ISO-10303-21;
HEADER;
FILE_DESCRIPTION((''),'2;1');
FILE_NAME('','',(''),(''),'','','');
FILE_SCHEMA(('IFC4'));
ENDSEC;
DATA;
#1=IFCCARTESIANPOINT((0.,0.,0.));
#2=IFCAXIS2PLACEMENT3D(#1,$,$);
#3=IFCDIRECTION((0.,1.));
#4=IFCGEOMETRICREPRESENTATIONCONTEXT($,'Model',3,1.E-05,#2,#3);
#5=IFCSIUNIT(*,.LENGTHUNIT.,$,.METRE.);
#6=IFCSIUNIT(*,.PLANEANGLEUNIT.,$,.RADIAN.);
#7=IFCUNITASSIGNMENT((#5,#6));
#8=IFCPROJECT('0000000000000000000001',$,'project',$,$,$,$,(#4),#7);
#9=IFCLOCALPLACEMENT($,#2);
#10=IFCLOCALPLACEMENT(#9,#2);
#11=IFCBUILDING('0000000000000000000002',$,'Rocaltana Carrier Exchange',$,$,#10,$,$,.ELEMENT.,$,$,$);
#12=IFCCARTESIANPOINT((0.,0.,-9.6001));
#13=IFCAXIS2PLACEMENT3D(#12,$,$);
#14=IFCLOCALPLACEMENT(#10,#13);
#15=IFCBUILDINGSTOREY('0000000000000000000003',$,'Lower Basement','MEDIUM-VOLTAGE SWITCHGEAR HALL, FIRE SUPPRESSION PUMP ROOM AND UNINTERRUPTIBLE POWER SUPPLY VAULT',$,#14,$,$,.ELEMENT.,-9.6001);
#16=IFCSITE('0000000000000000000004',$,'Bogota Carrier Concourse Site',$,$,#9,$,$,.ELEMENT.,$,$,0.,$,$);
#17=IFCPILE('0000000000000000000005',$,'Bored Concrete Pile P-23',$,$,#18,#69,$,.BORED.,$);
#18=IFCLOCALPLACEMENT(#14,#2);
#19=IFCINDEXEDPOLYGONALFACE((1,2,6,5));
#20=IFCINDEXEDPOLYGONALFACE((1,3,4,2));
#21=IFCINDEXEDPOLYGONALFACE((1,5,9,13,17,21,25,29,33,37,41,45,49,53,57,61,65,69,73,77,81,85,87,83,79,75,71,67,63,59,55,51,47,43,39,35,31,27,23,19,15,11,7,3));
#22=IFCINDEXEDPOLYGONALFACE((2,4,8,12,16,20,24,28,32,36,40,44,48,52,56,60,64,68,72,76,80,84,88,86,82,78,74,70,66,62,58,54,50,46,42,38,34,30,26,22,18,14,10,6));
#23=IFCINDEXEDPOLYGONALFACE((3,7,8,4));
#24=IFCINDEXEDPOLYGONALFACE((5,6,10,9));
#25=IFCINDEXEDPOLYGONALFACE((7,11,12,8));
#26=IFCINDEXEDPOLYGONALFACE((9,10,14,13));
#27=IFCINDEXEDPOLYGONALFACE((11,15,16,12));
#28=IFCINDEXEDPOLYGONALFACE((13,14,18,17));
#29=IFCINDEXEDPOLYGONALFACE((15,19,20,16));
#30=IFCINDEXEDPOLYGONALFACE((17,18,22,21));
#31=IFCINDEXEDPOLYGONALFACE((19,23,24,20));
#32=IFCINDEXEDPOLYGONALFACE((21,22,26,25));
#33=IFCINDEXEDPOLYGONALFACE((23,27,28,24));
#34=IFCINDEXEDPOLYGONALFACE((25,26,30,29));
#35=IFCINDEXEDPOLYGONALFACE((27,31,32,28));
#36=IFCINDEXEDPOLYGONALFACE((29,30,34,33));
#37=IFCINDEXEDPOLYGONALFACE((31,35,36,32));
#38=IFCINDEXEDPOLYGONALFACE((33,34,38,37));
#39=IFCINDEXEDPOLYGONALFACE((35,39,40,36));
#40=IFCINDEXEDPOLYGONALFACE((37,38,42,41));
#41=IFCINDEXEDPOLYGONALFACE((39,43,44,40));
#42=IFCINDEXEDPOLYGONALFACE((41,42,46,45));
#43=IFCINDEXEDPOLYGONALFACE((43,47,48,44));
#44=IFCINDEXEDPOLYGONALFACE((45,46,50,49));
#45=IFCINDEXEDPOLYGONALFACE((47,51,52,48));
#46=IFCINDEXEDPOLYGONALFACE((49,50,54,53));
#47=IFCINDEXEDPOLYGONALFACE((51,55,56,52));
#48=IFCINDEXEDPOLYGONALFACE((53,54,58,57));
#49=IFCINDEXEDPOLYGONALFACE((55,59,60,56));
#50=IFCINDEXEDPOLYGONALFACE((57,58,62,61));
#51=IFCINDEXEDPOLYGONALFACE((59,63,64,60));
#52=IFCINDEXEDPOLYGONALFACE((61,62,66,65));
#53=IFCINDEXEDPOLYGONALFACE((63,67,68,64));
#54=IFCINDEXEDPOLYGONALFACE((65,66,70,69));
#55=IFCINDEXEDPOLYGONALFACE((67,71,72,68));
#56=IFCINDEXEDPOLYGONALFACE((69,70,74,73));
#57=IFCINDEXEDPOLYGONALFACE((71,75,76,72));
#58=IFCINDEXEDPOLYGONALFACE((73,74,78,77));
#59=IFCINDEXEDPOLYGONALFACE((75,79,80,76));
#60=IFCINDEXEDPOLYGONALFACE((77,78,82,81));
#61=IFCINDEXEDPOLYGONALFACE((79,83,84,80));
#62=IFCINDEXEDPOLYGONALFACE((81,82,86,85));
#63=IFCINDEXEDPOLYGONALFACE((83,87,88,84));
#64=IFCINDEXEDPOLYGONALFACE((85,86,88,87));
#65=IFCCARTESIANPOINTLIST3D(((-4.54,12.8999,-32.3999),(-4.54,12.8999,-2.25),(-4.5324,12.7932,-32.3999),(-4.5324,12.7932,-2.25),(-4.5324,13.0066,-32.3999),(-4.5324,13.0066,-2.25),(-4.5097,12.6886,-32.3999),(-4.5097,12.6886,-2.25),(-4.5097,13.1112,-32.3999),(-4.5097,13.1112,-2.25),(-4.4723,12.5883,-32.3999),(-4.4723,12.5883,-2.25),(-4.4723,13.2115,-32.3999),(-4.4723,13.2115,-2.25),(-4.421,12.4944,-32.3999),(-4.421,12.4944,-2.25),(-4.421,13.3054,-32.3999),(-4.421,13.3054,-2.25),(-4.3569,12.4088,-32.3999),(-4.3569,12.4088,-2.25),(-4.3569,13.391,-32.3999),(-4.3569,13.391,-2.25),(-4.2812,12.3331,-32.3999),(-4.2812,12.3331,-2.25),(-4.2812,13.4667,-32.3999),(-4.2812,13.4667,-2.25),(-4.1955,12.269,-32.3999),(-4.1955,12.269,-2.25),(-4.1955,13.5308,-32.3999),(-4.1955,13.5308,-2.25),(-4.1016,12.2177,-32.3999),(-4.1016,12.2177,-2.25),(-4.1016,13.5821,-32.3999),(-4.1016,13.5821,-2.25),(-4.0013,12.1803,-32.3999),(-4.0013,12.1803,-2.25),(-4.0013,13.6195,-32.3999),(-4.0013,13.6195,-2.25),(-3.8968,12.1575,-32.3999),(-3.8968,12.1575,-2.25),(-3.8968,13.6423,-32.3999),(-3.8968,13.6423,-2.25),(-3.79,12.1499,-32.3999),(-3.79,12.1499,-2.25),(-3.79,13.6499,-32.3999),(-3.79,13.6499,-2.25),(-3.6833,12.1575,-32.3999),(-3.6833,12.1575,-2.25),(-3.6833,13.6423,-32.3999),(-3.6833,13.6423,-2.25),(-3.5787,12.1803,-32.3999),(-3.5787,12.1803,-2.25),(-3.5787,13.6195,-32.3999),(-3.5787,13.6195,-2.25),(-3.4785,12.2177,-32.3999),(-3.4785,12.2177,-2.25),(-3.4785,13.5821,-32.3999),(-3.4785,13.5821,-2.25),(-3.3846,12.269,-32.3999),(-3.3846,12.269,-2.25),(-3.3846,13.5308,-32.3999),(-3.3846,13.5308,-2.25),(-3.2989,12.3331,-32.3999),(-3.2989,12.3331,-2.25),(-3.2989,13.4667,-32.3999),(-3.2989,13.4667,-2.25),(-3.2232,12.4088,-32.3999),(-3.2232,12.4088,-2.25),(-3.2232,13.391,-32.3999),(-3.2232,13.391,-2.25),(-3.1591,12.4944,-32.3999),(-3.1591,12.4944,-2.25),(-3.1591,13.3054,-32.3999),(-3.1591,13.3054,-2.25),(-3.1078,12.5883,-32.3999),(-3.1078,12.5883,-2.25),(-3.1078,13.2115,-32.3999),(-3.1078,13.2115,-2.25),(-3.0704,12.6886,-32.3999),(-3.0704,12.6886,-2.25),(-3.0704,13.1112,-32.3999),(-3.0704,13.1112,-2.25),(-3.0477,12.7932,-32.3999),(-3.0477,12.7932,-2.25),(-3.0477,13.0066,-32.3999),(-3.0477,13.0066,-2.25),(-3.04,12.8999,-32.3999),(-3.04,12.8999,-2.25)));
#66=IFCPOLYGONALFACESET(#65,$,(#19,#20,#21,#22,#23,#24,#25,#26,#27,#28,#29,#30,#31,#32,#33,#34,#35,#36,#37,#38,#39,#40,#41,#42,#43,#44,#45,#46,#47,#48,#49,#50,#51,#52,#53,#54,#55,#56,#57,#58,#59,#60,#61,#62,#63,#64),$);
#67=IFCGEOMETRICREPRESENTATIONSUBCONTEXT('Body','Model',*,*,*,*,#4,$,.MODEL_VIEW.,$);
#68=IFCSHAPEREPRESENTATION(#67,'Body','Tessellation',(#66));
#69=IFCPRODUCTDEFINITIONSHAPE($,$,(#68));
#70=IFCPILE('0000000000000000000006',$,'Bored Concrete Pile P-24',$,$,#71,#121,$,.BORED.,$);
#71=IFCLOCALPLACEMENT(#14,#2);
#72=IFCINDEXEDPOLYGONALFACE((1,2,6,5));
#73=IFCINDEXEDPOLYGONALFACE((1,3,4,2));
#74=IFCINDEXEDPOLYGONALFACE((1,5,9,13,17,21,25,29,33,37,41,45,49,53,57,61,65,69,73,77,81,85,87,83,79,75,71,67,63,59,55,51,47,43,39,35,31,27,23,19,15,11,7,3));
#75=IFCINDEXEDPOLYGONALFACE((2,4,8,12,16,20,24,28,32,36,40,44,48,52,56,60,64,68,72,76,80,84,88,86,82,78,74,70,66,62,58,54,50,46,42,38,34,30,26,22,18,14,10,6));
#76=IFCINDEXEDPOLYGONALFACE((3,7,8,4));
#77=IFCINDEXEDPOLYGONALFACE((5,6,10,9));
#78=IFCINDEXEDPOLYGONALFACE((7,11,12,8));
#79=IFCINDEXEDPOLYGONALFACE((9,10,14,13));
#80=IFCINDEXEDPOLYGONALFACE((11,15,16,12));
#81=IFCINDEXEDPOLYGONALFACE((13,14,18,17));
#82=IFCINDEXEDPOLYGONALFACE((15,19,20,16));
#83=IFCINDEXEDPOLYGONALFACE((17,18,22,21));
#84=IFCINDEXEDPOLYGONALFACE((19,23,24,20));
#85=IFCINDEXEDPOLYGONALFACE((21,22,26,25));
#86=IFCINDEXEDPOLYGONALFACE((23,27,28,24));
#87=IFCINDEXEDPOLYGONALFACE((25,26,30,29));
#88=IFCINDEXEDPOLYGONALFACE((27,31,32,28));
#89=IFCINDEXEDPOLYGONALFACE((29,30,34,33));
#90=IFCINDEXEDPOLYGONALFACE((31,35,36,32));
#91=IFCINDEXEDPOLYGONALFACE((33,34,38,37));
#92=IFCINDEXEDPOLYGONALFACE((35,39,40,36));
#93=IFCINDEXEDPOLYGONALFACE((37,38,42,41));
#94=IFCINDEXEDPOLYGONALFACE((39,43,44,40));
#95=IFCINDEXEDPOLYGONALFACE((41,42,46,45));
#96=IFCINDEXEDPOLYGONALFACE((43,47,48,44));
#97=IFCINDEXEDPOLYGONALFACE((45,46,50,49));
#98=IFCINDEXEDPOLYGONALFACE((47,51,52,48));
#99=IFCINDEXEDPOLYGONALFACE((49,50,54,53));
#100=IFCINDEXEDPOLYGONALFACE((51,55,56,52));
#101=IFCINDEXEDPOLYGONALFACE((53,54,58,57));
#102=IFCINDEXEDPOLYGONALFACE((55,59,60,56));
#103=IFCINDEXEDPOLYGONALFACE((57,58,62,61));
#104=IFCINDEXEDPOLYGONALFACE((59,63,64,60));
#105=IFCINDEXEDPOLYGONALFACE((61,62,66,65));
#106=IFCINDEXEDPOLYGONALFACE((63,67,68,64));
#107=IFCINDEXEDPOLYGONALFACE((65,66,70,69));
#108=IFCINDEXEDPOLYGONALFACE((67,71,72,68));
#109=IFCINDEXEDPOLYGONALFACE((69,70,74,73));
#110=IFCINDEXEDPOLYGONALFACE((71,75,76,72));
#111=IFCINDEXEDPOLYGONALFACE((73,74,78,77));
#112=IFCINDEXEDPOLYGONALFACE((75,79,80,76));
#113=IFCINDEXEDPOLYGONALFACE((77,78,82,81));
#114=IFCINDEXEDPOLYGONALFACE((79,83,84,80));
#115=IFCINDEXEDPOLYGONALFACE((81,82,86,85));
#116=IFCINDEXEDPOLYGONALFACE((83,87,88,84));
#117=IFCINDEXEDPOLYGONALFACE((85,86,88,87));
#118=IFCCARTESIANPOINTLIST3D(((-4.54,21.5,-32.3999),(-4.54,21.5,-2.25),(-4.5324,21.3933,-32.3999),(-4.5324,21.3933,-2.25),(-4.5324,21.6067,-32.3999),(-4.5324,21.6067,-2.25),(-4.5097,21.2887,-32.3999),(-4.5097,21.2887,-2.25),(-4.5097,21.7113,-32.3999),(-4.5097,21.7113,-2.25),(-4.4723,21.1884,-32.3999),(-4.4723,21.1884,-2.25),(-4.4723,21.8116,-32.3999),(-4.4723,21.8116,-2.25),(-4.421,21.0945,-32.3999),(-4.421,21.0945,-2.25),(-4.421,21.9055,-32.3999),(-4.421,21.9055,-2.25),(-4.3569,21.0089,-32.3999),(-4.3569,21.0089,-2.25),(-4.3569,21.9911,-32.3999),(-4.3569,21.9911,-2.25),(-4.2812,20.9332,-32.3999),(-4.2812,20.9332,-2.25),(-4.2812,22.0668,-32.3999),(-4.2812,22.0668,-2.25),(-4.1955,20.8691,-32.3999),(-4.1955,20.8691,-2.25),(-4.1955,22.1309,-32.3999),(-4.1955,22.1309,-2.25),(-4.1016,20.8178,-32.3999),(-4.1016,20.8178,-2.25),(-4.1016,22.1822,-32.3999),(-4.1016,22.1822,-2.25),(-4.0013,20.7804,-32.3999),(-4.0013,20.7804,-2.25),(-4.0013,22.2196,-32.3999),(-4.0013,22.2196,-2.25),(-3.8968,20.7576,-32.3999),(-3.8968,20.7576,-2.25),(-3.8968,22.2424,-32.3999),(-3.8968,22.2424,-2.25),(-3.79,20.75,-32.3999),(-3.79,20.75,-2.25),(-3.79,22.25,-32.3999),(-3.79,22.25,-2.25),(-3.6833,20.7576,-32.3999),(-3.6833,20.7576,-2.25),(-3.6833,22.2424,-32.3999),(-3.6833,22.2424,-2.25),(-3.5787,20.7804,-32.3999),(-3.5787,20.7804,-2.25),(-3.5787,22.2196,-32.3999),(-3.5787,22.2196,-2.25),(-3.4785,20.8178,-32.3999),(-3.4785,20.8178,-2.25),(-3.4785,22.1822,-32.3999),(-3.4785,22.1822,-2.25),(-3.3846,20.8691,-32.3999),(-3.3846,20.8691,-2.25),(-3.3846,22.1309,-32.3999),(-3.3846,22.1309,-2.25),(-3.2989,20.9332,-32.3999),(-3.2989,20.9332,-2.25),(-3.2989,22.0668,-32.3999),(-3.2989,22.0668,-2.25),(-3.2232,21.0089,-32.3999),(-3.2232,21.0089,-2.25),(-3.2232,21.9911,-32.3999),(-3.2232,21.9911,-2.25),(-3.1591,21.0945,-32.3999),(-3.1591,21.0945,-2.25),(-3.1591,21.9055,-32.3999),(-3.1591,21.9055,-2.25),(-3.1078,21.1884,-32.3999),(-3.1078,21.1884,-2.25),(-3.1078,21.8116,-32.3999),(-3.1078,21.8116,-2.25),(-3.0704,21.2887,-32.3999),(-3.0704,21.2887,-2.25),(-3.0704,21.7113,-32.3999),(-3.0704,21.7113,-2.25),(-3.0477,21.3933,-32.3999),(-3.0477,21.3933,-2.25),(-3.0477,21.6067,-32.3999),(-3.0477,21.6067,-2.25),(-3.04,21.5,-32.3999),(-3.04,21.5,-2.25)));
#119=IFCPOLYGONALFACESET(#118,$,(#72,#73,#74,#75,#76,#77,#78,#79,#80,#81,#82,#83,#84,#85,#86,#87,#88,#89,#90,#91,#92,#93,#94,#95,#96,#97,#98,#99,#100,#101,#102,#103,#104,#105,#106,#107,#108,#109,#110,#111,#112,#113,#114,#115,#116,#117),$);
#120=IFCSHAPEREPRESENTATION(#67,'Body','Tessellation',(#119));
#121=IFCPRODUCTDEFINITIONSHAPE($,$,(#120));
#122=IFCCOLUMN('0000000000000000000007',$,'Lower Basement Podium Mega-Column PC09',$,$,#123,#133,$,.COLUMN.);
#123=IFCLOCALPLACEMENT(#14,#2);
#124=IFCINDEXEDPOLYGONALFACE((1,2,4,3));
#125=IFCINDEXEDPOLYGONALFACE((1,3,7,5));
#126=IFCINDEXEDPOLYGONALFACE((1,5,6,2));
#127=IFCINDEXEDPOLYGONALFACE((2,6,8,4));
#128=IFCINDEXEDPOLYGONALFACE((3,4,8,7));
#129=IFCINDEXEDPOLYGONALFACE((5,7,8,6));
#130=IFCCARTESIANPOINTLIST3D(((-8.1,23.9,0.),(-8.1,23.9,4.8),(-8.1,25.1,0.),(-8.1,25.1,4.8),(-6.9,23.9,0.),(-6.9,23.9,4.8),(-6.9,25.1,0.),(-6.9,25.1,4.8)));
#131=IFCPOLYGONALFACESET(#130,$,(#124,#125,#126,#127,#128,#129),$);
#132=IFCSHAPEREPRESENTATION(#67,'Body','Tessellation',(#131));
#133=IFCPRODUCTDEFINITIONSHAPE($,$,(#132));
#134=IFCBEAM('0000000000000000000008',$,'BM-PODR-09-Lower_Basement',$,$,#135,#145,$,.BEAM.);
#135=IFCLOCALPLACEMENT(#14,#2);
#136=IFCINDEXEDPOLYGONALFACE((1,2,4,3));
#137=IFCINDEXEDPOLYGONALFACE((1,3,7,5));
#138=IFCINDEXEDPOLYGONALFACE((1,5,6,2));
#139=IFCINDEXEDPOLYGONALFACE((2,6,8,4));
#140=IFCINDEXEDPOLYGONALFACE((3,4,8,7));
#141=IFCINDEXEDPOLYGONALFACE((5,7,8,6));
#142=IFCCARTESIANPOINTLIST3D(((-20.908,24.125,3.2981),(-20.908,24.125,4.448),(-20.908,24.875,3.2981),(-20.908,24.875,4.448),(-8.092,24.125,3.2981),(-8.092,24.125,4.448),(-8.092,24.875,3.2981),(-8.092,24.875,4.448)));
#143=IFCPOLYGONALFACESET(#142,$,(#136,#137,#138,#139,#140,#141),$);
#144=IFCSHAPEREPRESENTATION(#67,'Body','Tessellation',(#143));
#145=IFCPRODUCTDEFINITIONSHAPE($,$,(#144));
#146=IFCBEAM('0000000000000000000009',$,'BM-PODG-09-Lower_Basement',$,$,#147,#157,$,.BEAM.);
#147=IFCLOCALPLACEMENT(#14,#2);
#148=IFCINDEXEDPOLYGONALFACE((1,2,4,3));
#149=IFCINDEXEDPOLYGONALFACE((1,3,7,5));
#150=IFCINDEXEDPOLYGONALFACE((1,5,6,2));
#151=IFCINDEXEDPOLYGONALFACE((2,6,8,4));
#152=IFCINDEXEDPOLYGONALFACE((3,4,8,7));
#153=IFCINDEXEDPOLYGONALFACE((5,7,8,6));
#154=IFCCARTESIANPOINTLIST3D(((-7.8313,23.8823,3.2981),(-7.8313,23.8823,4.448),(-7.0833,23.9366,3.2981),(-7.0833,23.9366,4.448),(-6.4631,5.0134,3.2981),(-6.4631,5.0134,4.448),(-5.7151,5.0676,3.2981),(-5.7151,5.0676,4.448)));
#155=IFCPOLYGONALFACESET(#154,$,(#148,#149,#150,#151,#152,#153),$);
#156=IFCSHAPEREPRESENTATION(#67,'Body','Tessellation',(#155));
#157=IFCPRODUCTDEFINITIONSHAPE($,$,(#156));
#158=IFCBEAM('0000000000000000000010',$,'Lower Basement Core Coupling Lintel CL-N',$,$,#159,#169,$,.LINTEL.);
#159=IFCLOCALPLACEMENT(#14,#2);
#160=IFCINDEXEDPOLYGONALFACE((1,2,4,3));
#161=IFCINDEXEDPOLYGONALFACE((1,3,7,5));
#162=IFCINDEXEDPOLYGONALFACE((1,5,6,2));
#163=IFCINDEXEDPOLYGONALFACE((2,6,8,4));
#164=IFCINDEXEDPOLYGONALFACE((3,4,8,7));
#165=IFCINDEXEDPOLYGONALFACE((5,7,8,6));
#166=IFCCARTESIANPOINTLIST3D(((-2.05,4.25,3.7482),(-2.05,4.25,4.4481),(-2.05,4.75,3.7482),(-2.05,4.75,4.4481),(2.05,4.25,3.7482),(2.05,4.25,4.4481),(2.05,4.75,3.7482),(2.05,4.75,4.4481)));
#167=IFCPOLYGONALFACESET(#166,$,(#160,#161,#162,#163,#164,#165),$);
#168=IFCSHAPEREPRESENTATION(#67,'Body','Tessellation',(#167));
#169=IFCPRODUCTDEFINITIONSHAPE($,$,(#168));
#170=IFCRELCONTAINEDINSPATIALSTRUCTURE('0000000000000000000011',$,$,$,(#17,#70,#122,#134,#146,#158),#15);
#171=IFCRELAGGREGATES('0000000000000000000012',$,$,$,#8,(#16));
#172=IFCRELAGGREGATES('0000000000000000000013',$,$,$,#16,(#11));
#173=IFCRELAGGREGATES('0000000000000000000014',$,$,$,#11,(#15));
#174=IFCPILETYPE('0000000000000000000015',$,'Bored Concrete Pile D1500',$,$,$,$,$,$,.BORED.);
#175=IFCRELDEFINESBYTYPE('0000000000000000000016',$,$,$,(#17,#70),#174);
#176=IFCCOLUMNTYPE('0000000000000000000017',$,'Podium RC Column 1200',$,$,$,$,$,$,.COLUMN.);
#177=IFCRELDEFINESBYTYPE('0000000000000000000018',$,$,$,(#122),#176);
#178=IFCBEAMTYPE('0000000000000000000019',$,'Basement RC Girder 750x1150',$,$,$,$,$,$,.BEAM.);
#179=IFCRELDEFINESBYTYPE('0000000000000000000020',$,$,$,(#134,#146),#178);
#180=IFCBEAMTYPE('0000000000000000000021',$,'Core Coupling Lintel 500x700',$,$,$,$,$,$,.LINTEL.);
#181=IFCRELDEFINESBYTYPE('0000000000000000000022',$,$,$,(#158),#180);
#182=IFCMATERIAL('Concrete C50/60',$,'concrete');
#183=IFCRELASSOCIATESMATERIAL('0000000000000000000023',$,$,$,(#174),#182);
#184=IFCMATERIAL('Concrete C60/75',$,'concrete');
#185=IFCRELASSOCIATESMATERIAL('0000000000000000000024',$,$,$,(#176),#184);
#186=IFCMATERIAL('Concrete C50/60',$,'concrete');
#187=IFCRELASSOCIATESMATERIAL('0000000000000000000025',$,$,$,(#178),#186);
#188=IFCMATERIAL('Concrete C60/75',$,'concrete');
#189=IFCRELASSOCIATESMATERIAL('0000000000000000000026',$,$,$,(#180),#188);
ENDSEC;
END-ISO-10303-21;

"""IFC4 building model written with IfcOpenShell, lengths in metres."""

from ifc_helpers import new_model, si_unit, direction, frame, origin, origin_2d, place, context, subcontext, project, spatial, rectangle, circle, extrude, material, material_profile, profile_set, type_object, element, save


model = new_model("IFC4")

# Units and contexts
model_context = context("Model", 3, precision=1e-05, world=origin(), true_north=direction((0.0, 1.0)))
body_context = subcontext(model_context, "Body", "Model", "MODEL_VIEW")
ifc_project = project(units=[si_unit("LENGTHUNIT", "METRE"), si_unit("PLANEANGLEUNIT", "RADIAN")], contexts=[model_context])

# Site, building, storey
site_placement = place(None, origin())
site = spatial("IfcSite", under=ifc_project, at=site_placement, Name="Bogota Carrier Concourse Site", CompositionType="ELEMENT", RefElevation=0.0)
building_placement = place(site_placement, origin())
building = spatial("IfcBuilding", under=site, at=building_placement, Name="Rocaltana Carrier Exchange", CompositionType="ELEMENT")
storey_placement = place(building_placement, frame((0.0, 0.0, -9.6001)))
storey = spatial("IfcBuildingStorey", under=building, at=storey_placement, Name="Lower Basement", Description="MEDIUM-VOLTAGE SWITCHGEAR HALL, FIRE SUPPRESSION PUMP ROOM AND UNINTERRUPTIBLE POWER SUPPLY VAULT", CompositionType="ELEMENT", Elevation=-9.6001)

# Piles
ifc_material_1 = material(Name="Concrete C50/60", Category="concrete")
ifc_material_profile_1 = material_profile(ifc_material_1, circle(Radius=0.75, at=origin_2d()), Name="PILE-D1500")
ifc_profile_set_1 = profile_set([ifc_material_profile_1], Name="Concrete C50/60")
pile_type = type_object("IfcPileType", Name="Bored Concrete Pile D1500", PredefinedType="BORED", material=ifc_profile_set_1)
for number, where, z_axis, x_axis, name in (
    (1, (-3.79, 12.8999, -2.25), (0.0, 0.0, -1.0), (1.0, 0.0, 0.0), "Bored Concrete Pile P-23"),
    (2, (-3.79, 21.5, -2.25), (0.0, 0.0, -1.0), (1.0, 0.0, 0.0), "Bored Concrete Pile P-24"),
):
    element("IfcPile", number, at=place(storey_placement, frame(where, z_axis=z_axis, x_axis=x_axis)), inside=storey, type_object=pile_type, Name=name, PredefinedType="BORED", context=body_context, shape_type="SweptSolid", body=[
        extrude(circle(Radius=0.75, at=origin_2d()), origin(), (0.0, 0.0, 1.0), 30.1499),
    ])

# Column
ifc_material_2 = material(Name="Concrete C60/75", Category="concrete")
ifc_material_profile_2 = material_profile(ifc_material_2, rectangle(XDim=1.2, YDim=1.2, at=origin_2d()), Name="RC-COL-1200X1200")
ifc_profile_set_2 = profile_set([ifc_material_profile_2], Name="Concrete C60/75")
column_type = type_object("IfcColumnType", Name="Podium RC Column 1200", PredefinedType="COLUMN", material=ifc_profile_set_2)
column_placement = place(storey_placement, frame((-7.5, 24.5, 0.0), z_axis=(0.0, 0.0, 1.0), x_axis=(1.0, 0.0, 0.0)))
element("IfcColumn", 3, at=column_placement, inside=storey, type_object=column_type, Name="Lower Basement Podium Mega-Column PC09", PredefinedType="COLUMN", context=body_context, shape_type="SweptSolid", body=[
    extrude(rectangle(XDim=1.2, YDim=1.2, at=origin_2d()), origin(), (0.0, 0.0, 1.0), 4.8),
])

# Beams
ifc_material_3 = material(Name="Concrete C50/60", Category="concrete")
ifc_material_profile_3 = material_profile(ifc_material_3, rectangle(XDim=0.75, YDim=1.1499, at=origin_2d()), Name="RC-BM-750X1150")
ifc_profile_set_3 = profile_set([ifc_material_profile_3], Name="Concrete C50/60")
beam_type_1 = type_object("IfcBeamType", Name="Basement RC Girder 750x1150", PredefinedType="BEAM", material=ifc_profile_set_3)
beam_1_placement = place(storey_placement, frame((-8.092, 24.5, 3.873), z_axis=(-1.0, 0.0, 0.0), x_axis=(0.0, -1.0, 0.0)))
element("IfcBeam", 4, at=beam_1_placement, inside=storey, type_object=beam_type_1, Name="BM-PODR-09-Lower_Basement", PredefinedType="BEAM", context=body_context, shape_type="SweptSolid", body=[
    extrude(rectangle(XDim=0.75, YDim=1.1499, at=origin_2d()), origin(), (0.0, 0.0, 1.0), 12.8159),
])
beam_2_placement = place(storey_placement, frame((-6.0891, 5.0405, 3.873), z_axis=(-0.072319, 0.997382, 0.0), x_axis=(-0.997382, -0.072319, 0.0)))
element("IfcBeam", 5, at=beam_2_placement, inside=storey, type_object=beam_type_1, Name="BM-PODG-09-Lower_Basement", PredefinedType="BEAM", context=body_context, shape_type="SweptSolid", body=[
    extrude(rectangle(XDim=0.75, YDim=1.1499, at=origin_2d()), origin(), (0.0, 0.0, 1.0), 18.9185),
])
ifc_material_4 = material(Name="Concrete C60/75", Category="concrete")
ifc_material_profile_4 = material_profile(ifc_material_4, rectangle(XDim=0.5, YDim=0.7, at=origin_2d()), Name="RC-BM-500X700")
ifc_profile_set_4 = profile_set([ifc_material_profile_4], Name="Concrete C60/75")
beam_type_2 = type_object("IfcBeamType", Name="Core Coupling Lintel 500x700", PredefinedType="LINTEL", material=ifc_profile_set_4)
beam_3_placement = place(storey_placement, frame((-2.05, 4.5, 4.0981), z_axis=(1.0, 0.0, 0.0), x_axis=(0.0, 1.0, 0.0)))
element("IfcBeam", 6, at=beam_3_placement, inside=storey, type_object=beam_type_2, Name="Lower Basement Core Coupling Lintel CL-N", PredefinedType="LINTEL", context=body_context, shape_type="SweptSolid", body=[
    extrude(rectangle(XDim=0.5, YDim=0.7, at=origin_2d()), origin(), (0.0, 0.0, 1.0), 4.1001),
])

save(model, "model.ifc")
